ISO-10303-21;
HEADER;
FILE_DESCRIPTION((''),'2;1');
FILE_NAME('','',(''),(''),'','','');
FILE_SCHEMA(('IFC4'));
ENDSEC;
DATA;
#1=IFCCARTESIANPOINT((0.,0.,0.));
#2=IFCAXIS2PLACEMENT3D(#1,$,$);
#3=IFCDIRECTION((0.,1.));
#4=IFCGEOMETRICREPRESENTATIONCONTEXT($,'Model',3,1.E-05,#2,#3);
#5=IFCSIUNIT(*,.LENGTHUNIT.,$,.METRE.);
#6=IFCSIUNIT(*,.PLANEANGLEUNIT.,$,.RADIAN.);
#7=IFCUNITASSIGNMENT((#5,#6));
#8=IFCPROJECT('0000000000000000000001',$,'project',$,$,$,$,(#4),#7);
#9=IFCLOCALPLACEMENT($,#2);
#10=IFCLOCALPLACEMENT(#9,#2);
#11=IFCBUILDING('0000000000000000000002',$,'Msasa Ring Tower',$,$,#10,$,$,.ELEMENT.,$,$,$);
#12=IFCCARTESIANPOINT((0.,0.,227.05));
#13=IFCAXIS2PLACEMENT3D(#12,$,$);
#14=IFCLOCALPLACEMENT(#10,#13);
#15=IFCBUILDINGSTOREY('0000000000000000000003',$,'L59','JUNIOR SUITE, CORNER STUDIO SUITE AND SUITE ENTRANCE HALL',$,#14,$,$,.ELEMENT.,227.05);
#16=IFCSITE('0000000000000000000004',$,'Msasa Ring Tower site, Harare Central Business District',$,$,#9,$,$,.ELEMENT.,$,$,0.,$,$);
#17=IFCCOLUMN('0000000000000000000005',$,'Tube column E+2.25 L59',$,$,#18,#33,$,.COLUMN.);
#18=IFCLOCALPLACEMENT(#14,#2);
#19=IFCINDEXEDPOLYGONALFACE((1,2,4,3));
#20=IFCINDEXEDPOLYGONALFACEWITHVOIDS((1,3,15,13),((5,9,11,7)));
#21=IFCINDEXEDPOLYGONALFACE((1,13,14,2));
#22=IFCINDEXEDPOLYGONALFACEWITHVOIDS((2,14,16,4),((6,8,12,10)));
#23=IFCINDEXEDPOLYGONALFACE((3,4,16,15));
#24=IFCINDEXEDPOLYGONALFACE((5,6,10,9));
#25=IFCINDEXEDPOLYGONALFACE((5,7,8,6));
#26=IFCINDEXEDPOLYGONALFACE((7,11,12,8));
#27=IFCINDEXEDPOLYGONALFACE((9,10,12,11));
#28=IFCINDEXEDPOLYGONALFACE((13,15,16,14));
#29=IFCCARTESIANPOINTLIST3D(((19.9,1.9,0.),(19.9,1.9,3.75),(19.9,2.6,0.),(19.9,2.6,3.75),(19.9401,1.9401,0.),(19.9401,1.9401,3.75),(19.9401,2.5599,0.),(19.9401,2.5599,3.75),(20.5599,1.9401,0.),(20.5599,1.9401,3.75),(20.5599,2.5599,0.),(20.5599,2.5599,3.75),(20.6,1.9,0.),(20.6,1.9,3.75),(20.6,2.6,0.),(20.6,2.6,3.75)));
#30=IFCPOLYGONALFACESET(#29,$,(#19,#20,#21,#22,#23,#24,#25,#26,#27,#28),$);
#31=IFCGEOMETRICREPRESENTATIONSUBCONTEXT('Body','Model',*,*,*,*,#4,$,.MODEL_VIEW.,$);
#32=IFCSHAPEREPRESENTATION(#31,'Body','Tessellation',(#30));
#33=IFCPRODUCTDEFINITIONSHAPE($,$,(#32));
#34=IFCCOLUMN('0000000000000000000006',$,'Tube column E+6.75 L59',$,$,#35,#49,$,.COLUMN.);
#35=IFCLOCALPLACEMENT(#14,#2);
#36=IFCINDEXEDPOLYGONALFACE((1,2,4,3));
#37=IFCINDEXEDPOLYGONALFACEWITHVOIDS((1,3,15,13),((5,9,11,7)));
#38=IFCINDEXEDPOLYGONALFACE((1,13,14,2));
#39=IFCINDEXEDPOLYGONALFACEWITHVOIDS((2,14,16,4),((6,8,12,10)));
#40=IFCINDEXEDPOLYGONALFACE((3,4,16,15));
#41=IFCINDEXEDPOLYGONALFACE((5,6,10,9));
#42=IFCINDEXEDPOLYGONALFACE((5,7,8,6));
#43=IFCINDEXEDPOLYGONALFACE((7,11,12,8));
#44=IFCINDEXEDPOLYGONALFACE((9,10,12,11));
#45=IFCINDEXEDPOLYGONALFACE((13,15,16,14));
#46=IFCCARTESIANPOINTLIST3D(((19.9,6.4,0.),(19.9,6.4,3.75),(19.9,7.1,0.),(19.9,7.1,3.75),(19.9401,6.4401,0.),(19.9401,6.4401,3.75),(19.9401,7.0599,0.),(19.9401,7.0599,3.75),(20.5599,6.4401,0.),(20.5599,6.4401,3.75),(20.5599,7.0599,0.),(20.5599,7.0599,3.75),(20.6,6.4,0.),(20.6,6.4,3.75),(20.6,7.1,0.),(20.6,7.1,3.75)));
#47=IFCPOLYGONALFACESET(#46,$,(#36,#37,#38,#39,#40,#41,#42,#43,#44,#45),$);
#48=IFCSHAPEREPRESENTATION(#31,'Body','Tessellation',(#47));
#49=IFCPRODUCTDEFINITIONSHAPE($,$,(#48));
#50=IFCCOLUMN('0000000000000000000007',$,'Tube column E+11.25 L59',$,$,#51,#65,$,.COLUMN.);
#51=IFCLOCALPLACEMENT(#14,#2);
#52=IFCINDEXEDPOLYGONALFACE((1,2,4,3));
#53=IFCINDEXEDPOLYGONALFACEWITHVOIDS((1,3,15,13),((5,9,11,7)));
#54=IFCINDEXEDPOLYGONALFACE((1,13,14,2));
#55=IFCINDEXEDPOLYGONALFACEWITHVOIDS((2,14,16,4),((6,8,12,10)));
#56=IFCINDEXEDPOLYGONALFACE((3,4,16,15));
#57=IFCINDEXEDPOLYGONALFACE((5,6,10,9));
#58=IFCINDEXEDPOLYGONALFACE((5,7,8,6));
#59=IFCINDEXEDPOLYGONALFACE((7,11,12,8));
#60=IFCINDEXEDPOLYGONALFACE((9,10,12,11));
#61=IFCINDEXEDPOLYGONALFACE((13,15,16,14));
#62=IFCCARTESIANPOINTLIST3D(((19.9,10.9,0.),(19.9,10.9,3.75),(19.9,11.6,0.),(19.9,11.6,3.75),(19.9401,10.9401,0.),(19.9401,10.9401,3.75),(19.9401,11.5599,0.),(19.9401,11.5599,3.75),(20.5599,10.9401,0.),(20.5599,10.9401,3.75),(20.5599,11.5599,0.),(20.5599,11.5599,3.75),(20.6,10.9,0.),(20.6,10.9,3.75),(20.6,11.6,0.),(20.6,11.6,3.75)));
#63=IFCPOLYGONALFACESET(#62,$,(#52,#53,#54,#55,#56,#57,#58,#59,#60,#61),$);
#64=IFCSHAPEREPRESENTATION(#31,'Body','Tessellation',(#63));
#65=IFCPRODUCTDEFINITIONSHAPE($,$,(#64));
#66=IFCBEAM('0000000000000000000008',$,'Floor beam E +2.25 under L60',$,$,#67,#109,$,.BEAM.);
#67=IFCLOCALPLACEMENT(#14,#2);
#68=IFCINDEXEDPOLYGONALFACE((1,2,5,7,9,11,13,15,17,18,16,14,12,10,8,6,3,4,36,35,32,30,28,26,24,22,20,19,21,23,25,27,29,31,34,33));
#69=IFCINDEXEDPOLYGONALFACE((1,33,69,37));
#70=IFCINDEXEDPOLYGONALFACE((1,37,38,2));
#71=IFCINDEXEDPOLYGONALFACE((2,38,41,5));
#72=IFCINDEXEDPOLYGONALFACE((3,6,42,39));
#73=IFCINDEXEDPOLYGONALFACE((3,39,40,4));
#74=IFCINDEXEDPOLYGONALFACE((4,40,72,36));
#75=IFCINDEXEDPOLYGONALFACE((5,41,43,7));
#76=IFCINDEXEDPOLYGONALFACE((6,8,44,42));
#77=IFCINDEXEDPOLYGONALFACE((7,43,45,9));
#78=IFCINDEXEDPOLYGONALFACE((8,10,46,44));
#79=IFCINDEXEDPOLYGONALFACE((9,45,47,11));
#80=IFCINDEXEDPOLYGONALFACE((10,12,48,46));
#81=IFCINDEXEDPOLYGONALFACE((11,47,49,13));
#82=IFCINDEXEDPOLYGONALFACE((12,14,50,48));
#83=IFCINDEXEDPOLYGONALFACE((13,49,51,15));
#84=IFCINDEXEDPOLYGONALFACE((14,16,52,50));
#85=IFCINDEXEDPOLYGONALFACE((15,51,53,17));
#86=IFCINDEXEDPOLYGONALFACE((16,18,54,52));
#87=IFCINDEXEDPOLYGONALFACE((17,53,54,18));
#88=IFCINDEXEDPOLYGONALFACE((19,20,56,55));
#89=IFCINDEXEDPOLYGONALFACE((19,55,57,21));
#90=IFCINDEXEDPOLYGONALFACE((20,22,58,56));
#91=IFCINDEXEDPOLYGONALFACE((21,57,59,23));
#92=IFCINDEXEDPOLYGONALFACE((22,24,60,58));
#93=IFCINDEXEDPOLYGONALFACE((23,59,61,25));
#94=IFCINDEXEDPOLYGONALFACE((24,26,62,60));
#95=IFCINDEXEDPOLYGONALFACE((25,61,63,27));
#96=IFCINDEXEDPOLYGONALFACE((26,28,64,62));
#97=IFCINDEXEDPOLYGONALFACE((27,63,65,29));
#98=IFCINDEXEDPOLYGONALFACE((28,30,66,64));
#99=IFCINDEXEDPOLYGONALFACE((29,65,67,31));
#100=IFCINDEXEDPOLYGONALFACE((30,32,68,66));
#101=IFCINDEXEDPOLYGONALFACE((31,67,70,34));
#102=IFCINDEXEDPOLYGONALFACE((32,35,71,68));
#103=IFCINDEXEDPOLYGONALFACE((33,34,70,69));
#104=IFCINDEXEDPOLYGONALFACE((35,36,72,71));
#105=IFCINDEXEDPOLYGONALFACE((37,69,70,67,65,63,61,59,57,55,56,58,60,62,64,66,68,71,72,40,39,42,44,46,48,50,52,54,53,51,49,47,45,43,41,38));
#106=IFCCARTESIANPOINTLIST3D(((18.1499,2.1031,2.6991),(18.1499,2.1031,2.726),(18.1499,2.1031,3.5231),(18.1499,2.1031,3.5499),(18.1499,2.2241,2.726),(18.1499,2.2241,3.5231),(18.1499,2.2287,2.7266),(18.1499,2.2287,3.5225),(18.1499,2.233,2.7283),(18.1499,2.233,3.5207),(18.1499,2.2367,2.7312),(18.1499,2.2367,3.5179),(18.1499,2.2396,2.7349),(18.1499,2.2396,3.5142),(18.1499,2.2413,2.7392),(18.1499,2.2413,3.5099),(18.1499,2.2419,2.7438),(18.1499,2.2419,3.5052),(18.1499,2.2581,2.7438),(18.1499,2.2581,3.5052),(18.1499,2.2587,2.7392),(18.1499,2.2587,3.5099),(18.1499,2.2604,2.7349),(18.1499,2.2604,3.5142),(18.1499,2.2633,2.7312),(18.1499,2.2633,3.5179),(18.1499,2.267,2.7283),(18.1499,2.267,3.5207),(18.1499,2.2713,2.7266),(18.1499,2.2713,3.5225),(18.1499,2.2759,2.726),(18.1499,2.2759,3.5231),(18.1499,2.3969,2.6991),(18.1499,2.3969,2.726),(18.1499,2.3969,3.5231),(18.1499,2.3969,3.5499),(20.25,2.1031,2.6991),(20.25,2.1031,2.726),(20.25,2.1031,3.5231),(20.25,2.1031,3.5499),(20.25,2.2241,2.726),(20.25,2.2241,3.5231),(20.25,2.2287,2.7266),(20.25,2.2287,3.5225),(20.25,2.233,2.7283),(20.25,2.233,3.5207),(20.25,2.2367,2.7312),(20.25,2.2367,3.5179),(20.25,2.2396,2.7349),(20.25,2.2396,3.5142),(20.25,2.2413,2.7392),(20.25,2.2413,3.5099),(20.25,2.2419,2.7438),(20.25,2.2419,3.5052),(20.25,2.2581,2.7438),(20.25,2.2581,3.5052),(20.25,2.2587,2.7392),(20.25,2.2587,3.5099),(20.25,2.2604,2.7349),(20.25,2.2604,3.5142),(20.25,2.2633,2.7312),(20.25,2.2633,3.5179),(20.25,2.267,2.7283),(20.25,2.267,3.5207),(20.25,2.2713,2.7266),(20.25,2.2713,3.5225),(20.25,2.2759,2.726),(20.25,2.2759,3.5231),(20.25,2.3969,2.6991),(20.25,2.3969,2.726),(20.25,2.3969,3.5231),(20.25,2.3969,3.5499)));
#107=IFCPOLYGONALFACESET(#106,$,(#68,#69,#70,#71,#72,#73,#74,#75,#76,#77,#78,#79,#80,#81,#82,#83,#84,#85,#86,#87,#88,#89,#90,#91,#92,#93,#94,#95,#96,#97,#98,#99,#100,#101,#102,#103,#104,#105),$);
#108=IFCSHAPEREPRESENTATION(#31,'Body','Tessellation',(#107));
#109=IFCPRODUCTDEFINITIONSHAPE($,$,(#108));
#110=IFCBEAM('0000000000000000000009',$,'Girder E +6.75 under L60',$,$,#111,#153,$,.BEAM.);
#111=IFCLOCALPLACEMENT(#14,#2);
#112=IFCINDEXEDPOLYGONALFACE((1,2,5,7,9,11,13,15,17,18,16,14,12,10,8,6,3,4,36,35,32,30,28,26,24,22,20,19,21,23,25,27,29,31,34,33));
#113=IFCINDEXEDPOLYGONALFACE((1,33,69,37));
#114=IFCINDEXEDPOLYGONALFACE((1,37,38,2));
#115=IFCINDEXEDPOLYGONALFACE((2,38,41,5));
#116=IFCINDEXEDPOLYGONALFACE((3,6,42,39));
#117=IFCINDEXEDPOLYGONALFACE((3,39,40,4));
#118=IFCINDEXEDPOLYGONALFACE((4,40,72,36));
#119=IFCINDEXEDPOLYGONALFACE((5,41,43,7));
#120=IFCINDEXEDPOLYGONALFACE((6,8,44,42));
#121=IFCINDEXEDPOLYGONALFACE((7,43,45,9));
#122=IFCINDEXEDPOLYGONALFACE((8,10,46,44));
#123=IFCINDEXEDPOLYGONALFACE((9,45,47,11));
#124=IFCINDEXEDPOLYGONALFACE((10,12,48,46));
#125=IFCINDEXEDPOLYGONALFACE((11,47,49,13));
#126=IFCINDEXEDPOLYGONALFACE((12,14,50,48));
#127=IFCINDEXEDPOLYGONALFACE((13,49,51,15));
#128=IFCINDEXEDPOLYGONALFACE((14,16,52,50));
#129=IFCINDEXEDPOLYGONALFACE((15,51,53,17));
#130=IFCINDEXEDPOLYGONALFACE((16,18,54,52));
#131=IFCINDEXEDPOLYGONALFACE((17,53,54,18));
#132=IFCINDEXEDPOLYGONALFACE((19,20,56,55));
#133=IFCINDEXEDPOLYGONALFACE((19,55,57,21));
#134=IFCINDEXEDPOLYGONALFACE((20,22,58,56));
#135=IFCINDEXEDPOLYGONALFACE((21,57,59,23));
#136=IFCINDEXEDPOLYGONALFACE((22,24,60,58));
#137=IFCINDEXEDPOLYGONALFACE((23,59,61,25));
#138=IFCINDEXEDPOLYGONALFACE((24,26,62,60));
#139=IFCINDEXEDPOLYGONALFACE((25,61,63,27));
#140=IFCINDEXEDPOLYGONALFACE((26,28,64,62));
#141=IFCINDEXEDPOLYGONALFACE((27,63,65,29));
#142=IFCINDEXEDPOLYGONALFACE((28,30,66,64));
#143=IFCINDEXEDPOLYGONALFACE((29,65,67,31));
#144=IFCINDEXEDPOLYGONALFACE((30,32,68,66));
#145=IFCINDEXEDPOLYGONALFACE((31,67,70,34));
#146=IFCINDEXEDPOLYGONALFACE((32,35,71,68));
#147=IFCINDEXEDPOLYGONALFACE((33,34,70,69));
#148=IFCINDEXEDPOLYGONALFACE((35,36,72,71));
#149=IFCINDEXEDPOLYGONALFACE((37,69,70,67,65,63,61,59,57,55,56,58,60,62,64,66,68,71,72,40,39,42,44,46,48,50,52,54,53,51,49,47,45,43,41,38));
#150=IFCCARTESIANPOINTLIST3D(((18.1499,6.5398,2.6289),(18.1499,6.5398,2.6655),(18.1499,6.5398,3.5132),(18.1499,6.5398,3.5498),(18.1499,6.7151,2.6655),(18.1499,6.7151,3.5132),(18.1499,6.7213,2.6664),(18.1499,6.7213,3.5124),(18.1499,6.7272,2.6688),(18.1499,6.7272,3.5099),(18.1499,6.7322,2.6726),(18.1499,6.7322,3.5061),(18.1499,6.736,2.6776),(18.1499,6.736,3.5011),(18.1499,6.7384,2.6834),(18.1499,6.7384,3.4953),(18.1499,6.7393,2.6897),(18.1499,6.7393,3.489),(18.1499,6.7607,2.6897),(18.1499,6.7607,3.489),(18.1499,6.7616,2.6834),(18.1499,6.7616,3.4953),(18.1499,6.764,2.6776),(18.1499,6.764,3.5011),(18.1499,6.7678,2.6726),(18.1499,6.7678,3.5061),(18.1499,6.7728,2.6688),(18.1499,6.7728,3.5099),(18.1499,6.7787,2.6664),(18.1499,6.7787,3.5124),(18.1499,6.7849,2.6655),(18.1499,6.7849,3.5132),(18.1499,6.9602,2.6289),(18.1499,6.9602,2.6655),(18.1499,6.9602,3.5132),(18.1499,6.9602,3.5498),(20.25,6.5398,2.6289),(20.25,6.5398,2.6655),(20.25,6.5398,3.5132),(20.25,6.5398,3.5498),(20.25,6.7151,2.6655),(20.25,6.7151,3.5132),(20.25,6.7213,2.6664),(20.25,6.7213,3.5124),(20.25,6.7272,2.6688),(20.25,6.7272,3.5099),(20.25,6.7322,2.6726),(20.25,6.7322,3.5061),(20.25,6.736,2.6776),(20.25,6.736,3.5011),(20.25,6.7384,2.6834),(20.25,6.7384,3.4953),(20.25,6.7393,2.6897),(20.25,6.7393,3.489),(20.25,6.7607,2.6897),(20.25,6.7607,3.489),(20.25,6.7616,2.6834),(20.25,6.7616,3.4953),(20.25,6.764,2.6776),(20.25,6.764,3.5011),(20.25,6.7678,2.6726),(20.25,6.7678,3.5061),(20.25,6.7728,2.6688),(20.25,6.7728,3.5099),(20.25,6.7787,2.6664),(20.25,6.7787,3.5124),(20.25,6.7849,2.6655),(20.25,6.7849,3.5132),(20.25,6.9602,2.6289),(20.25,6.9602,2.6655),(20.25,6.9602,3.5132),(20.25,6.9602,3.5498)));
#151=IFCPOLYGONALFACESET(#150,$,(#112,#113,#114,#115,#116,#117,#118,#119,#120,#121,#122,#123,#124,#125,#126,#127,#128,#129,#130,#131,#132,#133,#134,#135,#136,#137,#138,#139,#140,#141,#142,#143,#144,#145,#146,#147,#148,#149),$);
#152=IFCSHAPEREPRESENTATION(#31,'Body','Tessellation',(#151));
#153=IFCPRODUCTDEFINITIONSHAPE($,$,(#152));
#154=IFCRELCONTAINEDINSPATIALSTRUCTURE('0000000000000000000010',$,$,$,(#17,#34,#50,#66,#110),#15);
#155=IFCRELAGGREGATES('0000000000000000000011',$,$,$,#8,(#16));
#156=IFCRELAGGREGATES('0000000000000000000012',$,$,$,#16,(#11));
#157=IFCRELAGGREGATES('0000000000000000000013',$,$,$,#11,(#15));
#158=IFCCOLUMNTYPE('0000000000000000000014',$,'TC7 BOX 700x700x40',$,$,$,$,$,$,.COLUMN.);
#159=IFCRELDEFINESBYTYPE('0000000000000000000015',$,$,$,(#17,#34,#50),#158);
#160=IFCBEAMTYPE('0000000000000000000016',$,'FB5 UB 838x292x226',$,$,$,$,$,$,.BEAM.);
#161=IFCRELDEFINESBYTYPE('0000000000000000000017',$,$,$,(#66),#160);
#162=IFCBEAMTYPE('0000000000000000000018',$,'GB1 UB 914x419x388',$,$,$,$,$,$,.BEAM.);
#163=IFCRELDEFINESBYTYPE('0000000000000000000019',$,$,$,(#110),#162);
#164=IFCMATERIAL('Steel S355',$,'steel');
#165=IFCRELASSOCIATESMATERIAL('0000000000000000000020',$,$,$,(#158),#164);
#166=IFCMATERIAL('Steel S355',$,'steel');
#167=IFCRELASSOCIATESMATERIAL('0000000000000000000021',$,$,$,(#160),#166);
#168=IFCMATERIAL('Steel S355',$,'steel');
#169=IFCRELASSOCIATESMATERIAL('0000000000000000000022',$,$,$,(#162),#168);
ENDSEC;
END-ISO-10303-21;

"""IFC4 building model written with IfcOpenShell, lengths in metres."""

from ifc_helpers import new_model, si_unit, direction, frame, origin, origin_2d, place, context, subcontext, project, spatial, hollow_rectangle, i_section, extrude, material, material_profile, profile_set, type_object, element, save


model = new_model("IFC4")

# Units and contexts
model_context = context("Model", 3, precision=1e-05, world=origin(), true_north=direction((0.0, 1.0)))
body_context = subcontext(model_context, "Body", "Model", "MODEL_VIEW")
ifc_project = project(units=[si_unit("LENGTHUNIT", "METRE"), si_unit("PLANEANGLEUNIT", "RADIAN")], contexts=[model_context])

# Site, building, storey
site_placement = place(None, origin())
site = spatial("IfcSite", under=ifc_project, at=site_placement, Name="Msasa Ring Tower site, Harare Central Business District", CompositionType="ELEMENT", RefElevation=0.0)
building_placement = place(site_placement, origin())
building = spatial("IfcBuilding", under=site, at=building_placement, Name="Msasa Ring Tower", CompositionType="ELEMENT")
storey_placement = place(building_placement, frame((0.0, 0.0, 227.05)))
storey = spatial("IfcBuildingStorey", under=building, at=storey_placement, Name="L59", Description="JUNIOR SUITE, CORNER STUDIO SUITE AND SUITE ENTRANCE HALL", CompositionType="ELEMENT", Elevation=227.05)

# Columns
ifc_material_1 = material(Name="Steel S355", Category="steel")
ifc_material_profile_1 = material_profile(ifc_material_1, hollow_rectangle(XDim=0.7, YDim=0.7, WallThickness=0.04, at=origin_2d()), Name="BOX 700x700x40")
ifc_profile_set_1 = profile_set([ifc_material_profile_1], Name="Steel S355")
column_type = type_object("IfcColumnType", Name="TC7 BOX 700x700x40", PredefinedType="COLUMN", material=ifc_profile_set_1)
for number, where, z_axis, x_axis, name in (
    (1, (20.25, 2.25, 0.0), (0.0, 0.0, 1.0), (1.0, 0.0, 0.0), "Tube column E+2.25 L59"),
    (2, (20.25, 6.75, 0.0), (0.0, 0.0, 1.0), (1.0, 0.0, 0.0), "Tube column E+6.75 L59"),
    (3, (20.25, 11.25, 0.0), (0.0, 0.0, 1.0), (1.0, 0.0, 0.0), "Tube column E+11.25 L59"),
):
    element("IfcColumn", number, at=place(storey_placement, frame(where, z_axis=z_axis, x_axis=x_axis)), inside=storey, type_object=column_type, Name=name, PredefinedType="COLUMN", context=body_context, shape_type="SweptSolid", body=[
        extrude(hollow_rectangle(XDim=0.7, YDim=0.7, WallThickness=0.04, at=origin_2d()), origin(), (0.0, 0.0, 1.0), 3.75),
    ])

# Beams
ifc_material_2 = material(Name="Steel S355", Category="steel")
ifc_material_profile_2 = material_profile(ifc_material_2, i_section(OverallWidth=0.2937, OverallDepth=0.8508, WebThickness=0.0161, FlangeThickness=0.0269, FilletRadius=0.0178, at=origin_2d()), Name="UB 838x292x226")
ifc_profile_set_2 = profile_set([ifc_material_profile_2], Name="Steel S355")
beam_type_1 = type_object("IfcBeamType", Name="FB5 UB 838x292x226", PredefinedType="BEAM", material=ifc_profile_set_2)
beam_1_placement = place(storey_placement, frame((20.25, 2.25, 3.1245), z_axis=(-1.0, 0.0, 0.0), x_axis=(0.0, -1.0, 0.0)))
element("IfcBeam", 4, at=beam_1_placement, inside=storey, type_object=beam_type_1, Name="Floor beam E +2.25 under L60", PredefinedType="BEAM", context=body_context, shape_type="SweptSolid", body=[
    extrude(i_section(OverallWidth=0.2937, OverallDepth=0.8508, WebThickness=0.0161, FlangeThickness=0.0269, FilletRadius=0.0178, at=origin_2d()), origin(), (0.0, 0.0, 1.0), 2.1001),
])
ifc_material_3 = material(Name="Steel S355", Category="steel")
ifc_material_profile_3 = material_profile(ifc_material_3, i_section(OverallWidth=0.4204, OverallDepth=0.9209, WebThickness=0.0215, FlangeThickness=0.0366, FilletRadius=0.0242, at=origin_2d()), Name="UB 914x419x388")
ifc_profile_set_3 = profile_set([ifc_material_profile_3], Name="Steel S355")
beam_type_2 = type_object("IfcBeamType", Name="GB1 UB 914x419x388", PredefinedType="BEAM", material=ifc_profile_set_3)
beam_2_placement = place(storey_placement, frame((18.1499, 6.75, 3.0894), z_axis=(1.0, 0.0, 0.0), x_axis=(0.0, 1.0, 0.0)))
element("IfcBeam", 5, at=beam_2_placement, inside=storey, type_object=beam_type_2, Name="Girder E +6.75 under L60", PredefinedType="BEAM", context=body_context, shape_type="SweptSolid", body=[
    extrude(i_section(OverallWidth=0.4204, OverallDepth=0.9209, WebThickness=0.0215, FlangeThickness=0.0366, FilletRadius=0.0242, at=origin_2d()), origin(), (0.0, 0.0, 1.0), 2.1001),
])

save(model, "model.ifc")
